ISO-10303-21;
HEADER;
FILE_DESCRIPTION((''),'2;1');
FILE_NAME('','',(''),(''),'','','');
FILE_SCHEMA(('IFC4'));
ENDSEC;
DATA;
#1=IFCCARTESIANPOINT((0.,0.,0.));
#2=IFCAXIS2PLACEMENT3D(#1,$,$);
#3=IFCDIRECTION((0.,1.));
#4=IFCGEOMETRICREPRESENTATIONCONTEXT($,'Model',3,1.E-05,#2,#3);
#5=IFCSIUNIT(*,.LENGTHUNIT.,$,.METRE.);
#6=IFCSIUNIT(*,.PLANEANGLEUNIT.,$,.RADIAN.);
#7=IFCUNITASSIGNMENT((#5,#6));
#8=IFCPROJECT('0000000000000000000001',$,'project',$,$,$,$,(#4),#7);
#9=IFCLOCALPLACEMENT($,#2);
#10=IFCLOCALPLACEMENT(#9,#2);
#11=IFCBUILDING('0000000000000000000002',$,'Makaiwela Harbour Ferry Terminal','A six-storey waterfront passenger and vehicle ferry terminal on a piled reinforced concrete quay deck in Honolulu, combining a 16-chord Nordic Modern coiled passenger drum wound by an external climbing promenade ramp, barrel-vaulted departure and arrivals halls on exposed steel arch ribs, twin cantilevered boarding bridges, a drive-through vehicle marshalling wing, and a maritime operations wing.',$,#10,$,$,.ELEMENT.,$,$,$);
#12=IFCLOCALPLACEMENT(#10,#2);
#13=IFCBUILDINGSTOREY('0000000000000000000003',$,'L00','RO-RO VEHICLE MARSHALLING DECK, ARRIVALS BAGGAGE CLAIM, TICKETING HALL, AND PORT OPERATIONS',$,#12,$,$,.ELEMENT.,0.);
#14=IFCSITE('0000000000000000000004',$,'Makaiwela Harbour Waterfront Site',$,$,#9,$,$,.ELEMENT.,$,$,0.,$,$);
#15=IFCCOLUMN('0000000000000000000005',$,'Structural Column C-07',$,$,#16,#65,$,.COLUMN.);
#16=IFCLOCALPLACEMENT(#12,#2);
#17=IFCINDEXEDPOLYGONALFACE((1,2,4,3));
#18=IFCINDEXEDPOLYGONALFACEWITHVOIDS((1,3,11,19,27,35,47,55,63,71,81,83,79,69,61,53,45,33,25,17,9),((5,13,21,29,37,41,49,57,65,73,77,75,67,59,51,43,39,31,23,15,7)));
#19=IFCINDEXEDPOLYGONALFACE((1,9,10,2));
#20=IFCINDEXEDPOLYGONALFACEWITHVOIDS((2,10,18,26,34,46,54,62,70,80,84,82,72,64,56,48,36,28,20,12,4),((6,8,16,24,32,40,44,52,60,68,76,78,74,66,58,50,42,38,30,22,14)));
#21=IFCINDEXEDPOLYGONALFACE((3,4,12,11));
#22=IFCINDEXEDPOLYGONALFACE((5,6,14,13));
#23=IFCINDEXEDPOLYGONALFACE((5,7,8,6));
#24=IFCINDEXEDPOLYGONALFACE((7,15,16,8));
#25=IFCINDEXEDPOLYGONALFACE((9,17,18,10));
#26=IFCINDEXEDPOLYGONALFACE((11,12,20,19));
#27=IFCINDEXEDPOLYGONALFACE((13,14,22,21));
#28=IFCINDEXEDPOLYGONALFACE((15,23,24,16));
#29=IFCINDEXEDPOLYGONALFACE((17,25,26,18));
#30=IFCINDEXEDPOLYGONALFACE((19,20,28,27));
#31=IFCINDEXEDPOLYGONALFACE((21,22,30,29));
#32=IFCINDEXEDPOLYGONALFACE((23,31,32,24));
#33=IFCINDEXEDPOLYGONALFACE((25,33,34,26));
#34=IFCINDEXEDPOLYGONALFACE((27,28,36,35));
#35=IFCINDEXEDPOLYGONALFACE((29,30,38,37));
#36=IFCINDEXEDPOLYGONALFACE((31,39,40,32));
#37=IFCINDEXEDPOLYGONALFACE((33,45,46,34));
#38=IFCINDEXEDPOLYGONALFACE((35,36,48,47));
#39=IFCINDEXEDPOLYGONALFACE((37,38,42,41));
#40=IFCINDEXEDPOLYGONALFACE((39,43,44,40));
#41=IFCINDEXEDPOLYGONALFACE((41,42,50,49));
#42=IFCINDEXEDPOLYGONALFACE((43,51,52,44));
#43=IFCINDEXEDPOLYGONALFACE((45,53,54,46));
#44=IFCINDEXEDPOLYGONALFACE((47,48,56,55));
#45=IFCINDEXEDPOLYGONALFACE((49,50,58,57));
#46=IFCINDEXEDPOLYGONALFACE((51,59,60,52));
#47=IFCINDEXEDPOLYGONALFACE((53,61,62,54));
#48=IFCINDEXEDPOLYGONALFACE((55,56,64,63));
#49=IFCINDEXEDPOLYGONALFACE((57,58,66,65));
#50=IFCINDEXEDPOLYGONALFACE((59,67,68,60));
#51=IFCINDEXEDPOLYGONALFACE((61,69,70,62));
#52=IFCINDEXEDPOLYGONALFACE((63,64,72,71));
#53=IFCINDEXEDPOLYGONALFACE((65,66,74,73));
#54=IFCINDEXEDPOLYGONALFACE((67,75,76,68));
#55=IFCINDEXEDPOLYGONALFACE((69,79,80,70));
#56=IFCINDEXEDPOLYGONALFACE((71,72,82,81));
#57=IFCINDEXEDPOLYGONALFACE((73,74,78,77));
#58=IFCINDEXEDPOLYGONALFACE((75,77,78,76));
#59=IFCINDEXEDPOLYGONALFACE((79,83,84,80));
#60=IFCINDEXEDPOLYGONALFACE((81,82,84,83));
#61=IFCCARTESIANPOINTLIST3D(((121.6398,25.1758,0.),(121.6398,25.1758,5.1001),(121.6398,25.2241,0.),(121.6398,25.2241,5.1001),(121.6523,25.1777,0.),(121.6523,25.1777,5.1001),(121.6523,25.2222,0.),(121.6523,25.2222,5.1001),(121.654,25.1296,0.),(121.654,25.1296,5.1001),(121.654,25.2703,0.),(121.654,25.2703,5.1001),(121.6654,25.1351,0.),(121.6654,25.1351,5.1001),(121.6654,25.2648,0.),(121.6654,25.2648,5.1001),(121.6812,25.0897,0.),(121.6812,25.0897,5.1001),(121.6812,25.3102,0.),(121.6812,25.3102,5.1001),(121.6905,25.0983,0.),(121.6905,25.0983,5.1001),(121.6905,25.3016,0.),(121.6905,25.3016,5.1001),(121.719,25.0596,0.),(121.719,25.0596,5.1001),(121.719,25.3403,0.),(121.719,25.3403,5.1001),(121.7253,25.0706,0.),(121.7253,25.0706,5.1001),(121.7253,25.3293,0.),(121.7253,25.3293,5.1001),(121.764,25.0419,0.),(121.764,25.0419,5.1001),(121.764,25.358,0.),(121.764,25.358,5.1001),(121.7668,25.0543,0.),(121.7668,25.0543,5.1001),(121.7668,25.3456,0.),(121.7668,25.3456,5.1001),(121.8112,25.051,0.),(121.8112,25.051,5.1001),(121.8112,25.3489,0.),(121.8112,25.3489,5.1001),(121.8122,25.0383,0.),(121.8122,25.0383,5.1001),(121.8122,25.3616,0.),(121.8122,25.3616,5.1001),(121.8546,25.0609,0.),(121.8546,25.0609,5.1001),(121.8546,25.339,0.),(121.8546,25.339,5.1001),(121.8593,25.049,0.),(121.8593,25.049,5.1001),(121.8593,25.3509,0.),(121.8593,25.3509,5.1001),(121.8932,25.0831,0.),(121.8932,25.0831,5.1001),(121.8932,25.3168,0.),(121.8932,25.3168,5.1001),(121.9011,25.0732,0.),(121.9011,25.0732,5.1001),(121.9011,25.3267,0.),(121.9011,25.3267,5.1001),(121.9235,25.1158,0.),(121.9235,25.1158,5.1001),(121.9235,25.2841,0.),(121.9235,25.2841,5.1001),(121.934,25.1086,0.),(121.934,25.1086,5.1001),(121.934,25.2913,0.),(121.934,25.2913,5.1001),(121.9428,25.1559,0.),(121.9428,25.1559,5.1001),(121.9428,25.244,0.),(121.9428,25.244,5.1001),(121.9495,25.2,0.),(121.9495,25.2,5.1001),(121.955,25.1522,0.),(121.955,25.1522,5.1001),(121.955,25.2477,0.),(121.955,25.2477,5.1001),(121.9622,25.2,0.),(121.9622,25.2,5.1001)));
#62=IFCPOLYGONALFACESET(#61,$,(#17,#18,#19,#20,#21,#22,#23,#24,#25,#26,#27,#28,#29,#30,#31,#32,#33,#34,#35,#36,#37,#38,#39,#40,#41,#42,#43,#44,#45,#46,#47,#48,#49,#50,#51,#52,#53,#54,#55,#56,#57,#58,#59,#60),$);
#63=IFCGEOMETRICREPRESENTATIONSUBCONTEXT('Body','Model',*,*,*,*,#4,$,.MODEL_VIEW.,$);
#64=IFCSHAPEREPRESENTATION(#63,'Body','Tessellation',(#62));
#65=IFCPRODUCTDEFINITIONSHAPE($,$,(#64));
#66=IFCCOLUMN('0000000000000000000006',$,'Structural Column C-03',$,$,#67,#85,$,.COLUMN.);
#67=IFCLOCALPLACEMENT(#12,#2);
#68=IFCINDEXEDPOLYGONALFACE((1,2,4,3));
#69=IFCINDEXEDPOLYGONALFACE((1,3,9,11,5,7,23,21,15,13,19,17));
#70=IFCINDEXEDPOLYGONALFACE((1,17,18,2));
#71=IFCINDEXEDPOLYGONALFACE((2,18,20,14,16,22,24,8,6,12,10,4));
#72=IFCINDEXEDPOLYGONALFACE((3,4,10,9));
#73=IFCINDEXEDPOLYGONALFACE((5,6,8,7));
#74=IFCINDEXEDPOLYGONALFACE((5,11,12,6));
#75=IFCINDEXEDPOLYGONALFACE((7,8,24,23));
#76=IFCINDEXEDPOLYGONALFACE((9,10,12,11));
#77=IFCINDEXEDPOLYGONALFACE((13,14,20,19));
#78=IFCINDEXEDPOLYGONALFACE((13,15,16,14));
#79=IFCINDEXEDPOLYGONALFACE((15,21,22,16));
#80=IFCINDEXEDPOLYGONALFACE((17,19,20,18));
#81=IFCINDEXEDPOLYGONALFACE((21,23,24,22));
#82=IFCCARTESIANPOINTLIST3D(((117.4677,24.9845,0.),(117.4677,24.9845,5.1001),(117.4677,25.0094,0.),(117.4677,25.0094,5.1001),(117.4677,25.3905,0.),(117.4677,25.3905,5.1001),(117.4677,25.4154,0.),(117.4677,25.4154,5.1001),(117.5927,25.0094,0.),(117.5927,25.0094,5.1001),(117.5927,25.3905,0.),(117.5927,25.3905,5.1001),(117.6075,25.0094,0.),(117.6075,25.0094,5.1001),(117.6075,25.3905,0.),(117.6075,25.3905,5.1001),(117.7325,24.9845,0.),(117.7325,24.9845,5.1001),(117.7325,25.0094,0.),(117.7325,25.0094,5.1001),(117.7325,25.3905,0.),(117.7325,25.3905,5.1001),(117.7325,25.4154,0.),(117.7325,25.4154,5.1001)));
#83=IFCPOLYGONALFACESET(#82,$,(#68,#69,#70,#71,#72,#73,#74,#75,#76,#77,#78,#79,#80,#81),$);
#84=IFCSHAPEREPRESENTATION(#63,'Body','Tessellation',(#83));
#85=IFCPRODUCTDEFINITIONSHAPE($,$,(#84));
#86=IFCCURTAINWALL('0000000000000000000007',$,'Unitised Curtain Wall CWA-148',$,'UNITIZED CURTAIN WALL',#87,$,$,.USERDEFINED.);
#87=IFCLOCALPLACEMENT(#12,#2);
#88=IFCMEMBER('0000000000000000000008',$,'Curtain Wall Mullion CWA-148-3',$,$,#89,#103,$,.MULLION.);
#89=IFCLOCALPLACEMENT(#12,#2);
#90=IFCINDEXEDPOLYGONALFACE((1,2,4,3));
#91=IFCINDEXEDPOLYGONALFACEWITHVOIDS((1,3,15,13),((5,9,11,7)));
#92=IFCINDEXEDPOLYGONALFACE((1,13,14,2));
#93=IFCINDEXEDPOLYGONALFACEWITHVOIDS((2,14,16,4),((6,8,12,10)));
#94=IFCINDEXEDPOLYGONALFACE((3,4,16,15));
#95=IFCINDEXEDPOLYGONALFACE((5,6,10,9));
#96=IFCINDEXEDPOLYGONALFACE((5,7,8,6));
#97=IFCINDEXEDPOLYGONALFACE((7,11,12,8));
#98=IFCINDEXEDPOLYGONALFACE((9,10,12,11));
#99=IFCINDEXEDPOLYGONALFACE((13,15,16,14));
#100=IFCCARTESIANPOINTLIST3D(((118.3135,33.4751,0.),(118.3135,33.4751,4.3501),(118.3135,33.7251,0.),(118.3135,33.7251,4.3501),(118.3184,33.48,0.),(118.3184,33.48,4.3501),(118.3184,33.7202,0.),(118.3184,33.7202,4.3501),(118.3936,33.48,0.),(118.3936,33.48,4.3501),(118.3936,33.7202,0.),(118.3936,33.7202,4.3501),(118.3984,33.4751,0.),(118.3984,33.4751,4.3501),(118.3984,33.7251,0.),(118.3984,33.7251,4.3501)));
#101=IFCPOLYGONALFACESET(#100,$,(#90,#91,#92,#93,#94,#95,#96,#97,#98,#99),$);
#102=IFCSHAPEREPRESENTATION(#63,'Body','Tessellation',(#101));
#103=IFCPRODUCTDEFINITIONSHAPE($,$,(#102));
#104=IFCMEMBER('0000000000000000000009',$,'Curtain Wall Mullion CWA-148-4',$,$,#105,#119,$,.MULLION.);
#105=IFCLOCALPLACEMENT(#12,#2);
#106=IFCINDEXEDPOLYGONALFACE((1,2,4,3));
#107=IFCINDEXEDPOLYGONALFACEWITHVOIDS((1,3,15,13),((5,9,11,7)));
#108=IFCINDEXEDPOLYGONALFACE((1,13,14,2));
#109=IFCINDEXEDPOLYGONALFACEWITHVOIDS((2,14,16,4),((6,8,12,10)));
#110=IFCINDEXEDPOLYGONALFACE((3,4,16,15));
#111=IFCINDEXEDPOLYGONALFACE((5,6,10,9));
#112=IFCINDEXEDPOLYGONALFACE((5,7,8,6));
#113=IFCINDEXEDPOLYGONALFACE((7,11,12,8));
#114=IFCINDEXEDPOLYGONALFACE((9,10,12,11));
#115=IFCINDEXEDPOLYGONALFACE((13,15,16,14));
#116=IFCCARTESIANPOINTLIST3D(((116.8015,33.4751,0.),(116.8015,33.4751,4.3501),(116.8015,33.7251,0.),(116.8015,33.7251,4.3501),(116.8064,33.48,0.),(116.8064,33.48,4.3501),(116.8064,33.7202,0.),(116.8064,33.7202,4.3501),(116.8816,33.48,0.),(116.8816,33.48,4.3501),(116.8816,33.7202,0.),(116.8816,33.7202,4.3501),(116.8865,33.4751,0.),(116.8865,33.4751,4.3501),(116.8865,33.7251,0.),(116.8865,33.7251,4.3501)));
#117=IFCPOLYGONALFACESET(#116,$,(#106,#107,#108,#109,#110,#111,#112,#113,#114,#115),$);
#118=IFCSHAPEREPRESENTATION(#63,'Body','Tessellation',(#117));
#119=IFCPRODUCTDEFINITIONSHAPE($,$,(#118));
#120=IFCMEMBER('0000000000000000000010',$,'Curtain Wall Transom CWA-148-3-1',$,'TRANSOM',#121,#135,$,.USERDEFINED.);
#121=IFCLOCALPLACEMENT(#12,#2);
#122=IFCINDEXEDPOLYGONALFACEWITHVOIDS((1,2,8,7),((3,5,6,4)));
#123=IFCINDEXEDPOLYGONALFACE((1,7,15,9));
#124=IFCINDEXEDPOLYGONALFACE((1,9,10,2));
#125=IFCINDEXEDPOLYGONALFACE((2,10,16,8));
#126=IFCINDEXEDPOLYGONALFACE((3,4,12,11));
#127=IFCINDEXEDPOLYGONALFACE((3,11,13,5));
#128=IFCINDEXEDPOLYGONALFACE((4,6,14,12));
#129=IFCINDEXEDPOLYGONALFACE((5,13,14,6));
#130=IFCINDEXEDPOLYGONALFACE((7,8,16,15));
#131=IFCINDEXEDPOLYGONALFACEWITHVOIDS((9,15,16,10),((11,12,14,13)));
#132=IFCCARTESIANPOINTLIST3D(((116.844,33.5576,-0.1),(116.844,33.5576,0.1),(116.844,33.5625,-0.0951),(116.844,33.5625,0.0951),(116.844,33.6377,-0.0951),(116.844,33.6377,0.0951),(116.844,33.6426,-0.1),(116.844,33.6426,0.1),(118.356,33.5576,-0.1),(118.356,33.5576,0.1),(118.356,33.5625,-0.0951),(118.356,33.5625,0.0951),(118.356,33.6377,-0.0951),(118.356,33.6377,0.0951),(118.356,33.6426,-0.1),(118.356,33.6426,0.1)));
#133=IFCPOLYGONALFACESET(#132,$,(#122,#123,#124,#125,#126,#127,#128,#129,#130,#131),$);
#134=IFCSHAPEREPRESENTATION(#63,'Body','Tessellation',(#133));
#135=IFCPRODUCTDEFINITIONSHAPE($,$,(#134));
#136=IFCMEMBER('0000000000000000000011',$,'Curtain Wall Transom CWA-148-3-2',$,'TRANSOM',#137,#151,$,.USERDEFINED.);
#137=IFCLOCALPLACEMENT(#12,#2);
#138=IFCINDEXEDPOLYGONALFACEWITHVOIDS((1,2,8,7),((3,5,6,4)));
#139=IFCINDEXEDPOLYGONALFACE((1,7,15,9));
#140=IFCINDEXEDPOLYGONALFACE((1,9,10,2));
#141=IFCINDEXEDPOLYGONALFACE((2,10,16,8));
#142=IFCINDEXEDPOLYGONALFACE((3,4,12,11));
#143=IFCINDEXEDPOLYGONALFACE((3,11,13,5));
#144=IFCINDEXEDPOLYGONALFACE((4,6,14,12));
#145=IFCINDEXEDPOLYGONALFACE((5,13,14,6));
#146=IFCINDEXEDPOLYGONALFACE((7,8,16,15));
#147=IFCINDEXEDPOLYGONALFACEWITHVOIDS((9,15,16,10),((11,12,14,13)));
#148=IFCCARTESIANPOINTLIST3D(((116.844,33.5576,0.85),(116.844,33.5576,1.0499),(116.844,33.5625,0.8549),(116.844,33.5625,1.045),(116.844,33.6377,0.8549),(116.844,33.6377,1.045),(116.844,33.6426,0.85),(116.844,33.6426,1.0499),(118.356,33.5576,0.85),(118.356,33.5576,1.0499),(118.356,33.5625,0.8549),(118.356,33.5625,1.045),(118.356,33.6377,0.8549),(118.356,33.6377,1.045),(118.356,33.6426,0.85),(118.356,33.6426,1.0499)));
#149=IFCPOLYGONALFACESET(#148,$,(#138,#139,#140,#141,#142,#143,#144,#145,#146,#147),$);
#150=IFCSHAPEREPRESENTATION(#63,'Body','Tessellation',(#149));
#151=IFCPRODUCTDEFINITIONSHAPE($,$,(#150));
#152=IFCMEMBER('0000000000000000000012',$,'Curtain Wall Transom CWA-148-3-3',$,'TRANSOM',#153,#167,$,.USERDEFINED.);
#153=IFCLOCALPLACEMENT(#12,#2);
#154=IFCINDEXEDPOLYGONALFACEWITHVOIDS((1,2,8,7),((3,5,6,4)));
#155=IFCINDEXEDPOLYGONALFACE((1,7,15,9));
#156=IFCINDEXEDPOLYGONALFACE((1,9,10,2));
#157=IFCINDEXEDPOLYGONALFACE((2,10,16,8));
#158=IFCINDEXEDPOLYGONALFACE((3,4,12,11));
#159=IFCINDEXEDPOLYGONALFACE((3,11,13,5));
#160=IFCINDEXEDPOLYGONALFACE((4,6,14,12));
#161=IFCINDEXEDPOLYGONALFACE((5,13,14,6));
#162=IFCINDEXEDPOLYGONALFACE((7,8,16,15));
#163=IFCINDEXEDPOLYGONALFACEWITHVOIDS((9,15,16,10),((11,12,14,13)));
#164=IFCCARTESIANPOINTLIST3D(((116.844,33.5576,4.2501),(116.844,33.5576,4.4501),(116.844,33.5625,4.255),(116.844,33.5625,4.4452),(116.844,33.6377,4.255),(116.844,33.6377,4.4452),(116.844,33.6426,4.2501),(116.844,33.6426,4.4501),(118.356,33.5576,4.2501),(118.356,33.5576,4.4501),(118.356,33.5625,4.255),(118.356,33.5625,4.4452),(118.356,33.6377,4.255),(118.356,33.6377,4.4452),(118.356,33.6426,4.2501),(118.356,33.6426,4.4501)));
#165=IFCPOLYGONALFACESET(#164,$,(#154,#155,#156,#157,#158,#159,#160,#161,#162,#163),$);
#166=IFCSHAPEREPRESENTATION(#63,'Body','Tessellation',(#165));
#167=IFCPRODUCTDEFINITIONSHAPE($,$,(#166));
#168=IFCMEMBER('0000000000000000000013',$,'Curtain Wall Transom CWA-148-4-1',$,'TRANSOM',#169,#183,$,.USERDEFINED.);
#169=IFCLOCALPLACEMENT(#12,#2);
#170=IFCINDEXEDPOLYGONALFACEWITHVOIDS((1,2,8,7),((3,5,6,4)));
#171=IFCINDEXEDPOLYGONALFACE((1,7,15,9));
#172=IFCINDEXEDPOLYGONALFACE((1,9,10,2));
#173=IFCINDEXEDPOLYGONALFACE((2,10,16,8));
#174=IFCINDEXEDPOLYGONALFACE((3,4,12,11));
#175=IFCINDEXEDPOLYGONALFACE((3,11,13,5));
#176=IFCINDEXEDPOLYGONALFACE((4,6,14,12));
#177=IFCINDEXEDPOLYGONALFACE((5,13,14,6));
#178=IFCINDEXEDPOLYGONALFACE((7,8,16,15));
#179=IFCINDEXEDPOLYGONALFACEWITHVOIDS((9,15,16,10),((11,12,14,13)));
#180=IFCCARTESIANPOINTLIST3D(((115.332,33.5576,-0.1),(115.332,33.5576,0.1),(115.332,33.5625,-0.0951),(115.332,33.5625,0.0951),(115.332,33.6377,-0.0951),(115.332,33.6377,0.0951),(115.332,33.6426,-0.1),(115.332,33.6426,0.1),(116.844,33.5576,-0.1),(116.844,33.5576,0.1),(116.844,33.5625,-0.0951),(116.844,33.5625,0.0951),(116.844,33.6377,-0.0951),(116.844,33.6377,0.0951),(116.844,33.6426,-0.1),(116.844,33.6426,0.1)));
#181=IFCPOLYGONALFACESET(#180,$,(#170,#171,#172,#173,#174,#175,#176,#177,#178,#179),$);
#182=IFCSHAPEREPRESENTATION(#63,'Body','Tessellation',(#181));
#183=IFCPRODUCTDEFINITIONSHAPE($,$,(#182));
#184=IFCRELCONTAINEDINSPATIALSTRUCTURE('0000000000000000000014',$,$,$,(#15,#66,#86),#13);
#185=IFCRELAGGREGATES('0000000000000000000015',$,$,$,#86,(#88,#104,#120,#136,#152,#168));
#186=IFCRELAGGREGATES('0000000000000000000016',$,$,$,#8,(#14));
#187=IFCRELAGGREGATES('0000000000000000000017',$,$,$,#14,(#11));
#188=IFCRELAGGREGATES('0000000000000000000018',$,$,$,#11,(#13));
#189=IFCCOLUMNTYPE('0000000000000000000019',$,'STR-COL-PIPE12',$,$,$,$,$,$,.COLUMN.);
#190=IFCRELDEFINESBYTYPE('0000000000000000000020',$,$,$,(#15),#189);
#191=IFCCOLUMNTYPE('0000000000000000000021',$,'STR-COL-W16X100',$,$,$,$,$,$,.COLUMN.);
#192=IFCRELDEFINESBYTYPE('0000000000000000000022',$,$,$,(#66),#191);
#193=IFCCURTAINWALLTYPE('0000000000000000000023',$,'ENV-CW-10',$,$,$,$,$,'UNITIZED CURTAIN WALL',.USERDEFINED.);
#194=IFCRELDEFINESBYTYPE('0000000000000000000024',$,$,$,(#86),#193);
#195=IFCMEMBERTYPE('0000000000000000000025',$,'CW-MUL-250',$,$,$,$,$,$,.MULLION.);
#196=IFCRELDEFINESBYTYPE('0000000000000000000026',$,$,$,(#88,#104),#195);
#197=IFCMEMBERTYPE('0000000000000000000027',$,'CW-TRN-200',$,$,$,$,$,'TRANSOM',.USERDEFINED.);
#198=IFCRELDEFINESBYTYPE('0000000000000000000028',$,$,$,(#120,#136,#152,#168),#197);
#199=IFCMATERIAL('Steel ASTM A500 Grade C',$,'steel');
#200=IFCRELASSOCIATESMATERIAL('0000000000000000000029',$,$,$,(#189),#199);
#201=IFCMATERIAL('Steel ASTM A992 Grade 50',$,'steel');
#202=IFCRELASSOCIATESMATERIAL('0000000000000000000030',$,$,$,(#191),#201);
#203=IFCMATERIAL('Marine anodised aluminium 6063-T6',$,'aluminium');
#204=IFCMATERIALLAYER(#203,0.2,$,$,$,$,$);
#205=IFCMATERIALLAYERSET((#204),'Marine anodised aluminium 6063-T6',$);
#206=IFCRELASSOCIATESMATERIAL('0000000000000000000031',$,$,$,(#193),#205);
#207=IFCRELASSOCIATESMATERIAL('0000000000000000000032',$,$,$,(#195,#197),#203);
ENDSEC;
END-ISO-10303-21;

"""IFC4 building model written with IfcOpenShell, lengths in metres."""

from ifc_helpers import new_model, si_unit, direction, frame, origin, origin_2d, place, context, subcontext, project, spatial, hollow_rectangle, hollow_circle, i_section, extrude, material, layer, layer_set, material_profile, profile_set, type_object, element, aggregate, save


model = new_model("IFC4")

# Units and contexts
model_context = context("Model", 3, precision=1e-05, world=origin(), true_north=direction((0.0, 1.0)))
body_context = subcontext(model_context, "Body", "Model", "MODEL_VIEW")
ifc_project = project(units=[si_unit("LENGTHUNIT", "METRE"), si_unit("PLANEANGLEUNIT", "RADIAN")], contexts=[model_context])

# Site, building, storey
site_placement = place(None, origin())
site = spatial("IfcSite", under=ifc_project, at=site_placement, Name="Makaiwela Harbour Waterfront Site", CompositionType="ELEMENT", RefElevation=0.0)
building_placement = place(site_placement, origin())
building = spatial("IfcBuilding", under=site, at=building_placement, Name="Makaiwela Harbour Ferry Terminal", Description="A six-storey waterfront passenger and vehicle ferry terminal on a piled reinforced concrete quay deck in Honolulu, combining a 16-chord Nordic Modern coiled passenger drum wound by an external climbing promenade ramp, barrel-vaulted departure and arrivals halls on exposed steel arch ribs, twin cantilevered boarding bridges, a drive-through vehicle marshalling wing, and a maritime operations wing.", CompositionType="ELEMENT")
storey_placement = place(building_placement, origin())
storey = spatial("IfcBuildingStorey", under=building, at=storey_placement, Name="L00", Description="RO-RO VEHICLE MARSHALLING DECK, ARRIVALS BAGGAGE CLAIM, TICKETING HALL, AND PORT OPERATIONS", CompositionType="ELEMENT", Elevation=0.0)

# Columns
ifc_material_1 = material(Name="Steel ASTM A500 Grade C", Category="steel")
ifc_material_profile_1 = material_profile(ifc_material_1, hollow_circle(Radius=0.1621, WallThickness=0.0127, at=origin_2d()), Name="PIPE12XS")
ifc_profile_set_1 = profile_set([ifc_material_profile_1], Name="Steel ASTM A500 Grade C")
column_type_1 = type_object("IfcColumnType", Name="STR-COL-PIPE12", PredefinedType="COLUMN", material=ifc_profile_set_1)
column_1_placement = place(storey_placement, frame((121.8, 25.2, 0.0), z_axis=(0.0, 0.0, 1.0), x_axis=(1.0, 0.0, 0.0)))
element("IfcColumn", 1, at=column_1_placement, inside=storey, type_object=column_type_1, Name="Structural Column C-07", PredefinedType="COLUMN", context=body_context, shape_type="SweptSolid", body=[
    extrude(hollow_circle(Radius=0.1621, WallThickness=0.0127, at=origin_2d()), origin(), (0.0, 0.0, 1.0), 5.1001),
])
ifc_material_2 = material(Name="Steel ASTM A992 Grade 50", Category="steel")
ifc_material_profile_2 = material_profile(ifc_material_2, i_section(OverallWidth=0.2649, OverallDepth=0.4309, WebThickness=0.0149, FlangeThickness=0.0249, at=origin_2d()), Name="W16X100")
ifc_profile_set_2 = profile_set([ifc_material_profile_2], Name="Steel ASTM A992 Grade 50")
column_type_2 = type_object("IfcColumnType", Name="STR-COL-W16X100", PredefinedType="COLUMN", material=ifc_profile_set_2)
column_2_placement = place(storey_placement, frame((117.6001, 25.2, 0.0), z_axis=(0.0, 0.0, 1.0), x_axis=(1.0, 0.0, 0.0)))
element("IfcColumn", 2, at=column_2_placement, inside=storey, type_object=column_type_2, Name="Structural Column C-03", PredefinedType="COLUMN", context=body_context, shape_type="SweptSolid", body=[
    extrude(i_section(OverallWidth=0.2649, OverallDepth=0.4309, WebThickness=0.0149, FlangeThickness=0.0249, at=origin_2d()), origin(), (0.0, 0.0, 1.0), 5.1001),
])

# Curtain wall, members
ifc_material_3 = material(Name="Marine anodised aluminium 6063-T6", Category="aluminium")
ifc_layer_1 = layer(ifc_material_3, 0.2)
ifc_layer_set_1 = layer_set([ifc_layer_1], Name="Marine anodised aluminium 6063-T6")
curtain_wall_type = type_object("IfcCurtainWallType", Name="ENV-CW-10", ElementType="UNITIZED CURTAIN WALL", PredefinedType="USERDEFINED", material=ifc_layer_set_1)
curtain_wall_placement = place(storey_placement, origin())
curtain_wall = element("IfcCurtainWall", 3, at=curtain_wall_placement, inside=storey, type_object=curtain_wall_type, Name="Unitised Curtain Wall CWA-148", ObjectType="UNITIZED CURTAIN WALL", PredefinedType="USERDEFINED")
ifc_material_profile_3 = material_profile(ifc_material_3, hollow_rectangle(XDim=0.085, YDim=0.25, WallThickness=0.0049, at=origin_2d()), Name="CWM-250X85")
ifc_profile_set_3 = profile_set([ifc_material_profile_3], Name="Marine anodised aluminium 6063-T6")
member_type_1 = type_object("IfcMemberType", Name="CW-MUL-250", PredefinedType="MULLION", material=ifc_profile_set_3)
member_1_placement = place(storey_placement, frame((118.356, 33.6001, 0.0), z_axis=(0.0, 0.0, 1.0), x_axis=(1.0, 0.0, 0.0)))
member_1 = element("IfcMember", 4, at=member_1_placement, type_object=member_type_1, Name="Curtain Wall Mullion CWA-148-3", PredefinedType="MULLION", context=body_context, shape_type="SweptSolid", body=[
    extrude(hollow_rectangle(XDim=0.085, YDim=0.25, WallThickness=0.0049, at=origin_2d()), origin(), (0.0, 0.0, 1.0), 4.3501),
])
member_2_placement = place(storey_placement, frame((116.844, 33.6001, 0.0), z_axis=(0.0, 0.0, 1.0), x_axis=(1.0, 0.0, 0.0)))
member_2 = element("IfcMember", 5, at=member_2_placement, type_object=member_type_1, Name="Curtain Wall Mullion CWA-148-4", PredefinedType="MULLION", context=body_context, shape_type="SweptSolid", body=[
    extrude(hollow_rectangle(XDim=0.085, YDim=0.25, WallThickness=0.0049, at=origin_2d()), origin(), (0.0, 0.0, 1.0), 4.3501),
])
ifc_material_profile_4 = material_profile(ifc_material_3, hollow_rectangle(XDim=0.085, YDim=0.2, WallThickness=0.0049, at=origin_2d()), Name="CWT-200X85")
ifc_profile_set_4 = profile_set([ifc_material_profile_4], Name="Marine anodised aluminium 6063-T6")
member_type_2 = type_object("IfcMemberType", Name="CW-TRN-200", ElementType="TRANSOM", PredefinedType="USERDEFINED", material=ifc_profile_set_4)
member_3_placement = place(storey_placement, frame((118.356, 33.6001, 0.0), z_axis=(-1.0, 0.0, 0.0), x_axis=(0.0, -1.0, 0.0)))
member_3 = element("IfcMember", 6, at=member_3_placement, type_object=member_type_2, Name="Curtain Wall Transom CWA-148-3-1", ObjectType="TRANSOM", PredefinedType="USERDEFINED", context=body_context, shape_type="SweptSolid", body=[
    extrude(hollow_rectangle(XDim=0.085, YDim=0.2, WallThickness=0.0049, at=origin_2d()), origin(), (0.0, 0.0, 1.0), 1.512),
])
member_4_placement = place(storey_placement, frame((118.356, 33.6001, 0.95), z_axis=(-1.0, 0.0, 0.0), x_axis=(0.0, -1.0, 0.0)))
member_4 = element("IfcMember", 7, at=member_4_placement, type_object=member_type_2, Name="Curtain Wall Transom CWA-148-3-2", ObjectType="TRANSOM", PredefinedType="USERDEFINED", context=body_context, shape_type="SweptSolid", body=[
    extrude(hollow_rectangle(XDim=0.085, YDim=0.2, WallThickness=0.0049, at=origin_2d()), origin(), (0.0, 0.0, 1.0), 1.512),
])
member_5_placement = place(storey_placement, frame((118.356, 33.6001, 4.3501), z_axis=(-1.0, 0.0, 0.0), x_axis=(0.0, -1.0, 0.0)))
member_5 = element("IfcMember", 8, at=member_5_placement, type_object=member_type_2, Name="Curtain Wall Transom CWA-148-3-3", ObjectType="TRANSOM", PredefinedType="USERDEFINED", context=body_context, shape_type="SweptSolid", body=[
    extrude(hollow_rectangle(XDim=0.085, YDim=0.2, WallThickness=0.0049, at=origin_2d()), origin(), (0.0, 0.0, 1.0), 1.512),
])
member_6_placement = place(storey_placement, frame((116.844, 33.6001, 0.0), z_axis=(-1.0, 0.0, 0.0), x_axis=(0.0, -1.0, 0.0)))
member_6 = element("IfcMember", 9, at=member_6_placement, type_object=member_type_2, Name="Curtain Wall Transom CWA-148-4-1", ObjectType="TRANSOM", PredefinedType="USERDEFINED", context=body_context, shape_type="SweptSolid", body=[
    extrude(hollow_rectangle(XDim=0.085, YDim=0.2, WallThickness=0.0049, at=origin_2d()), origin(), (0.0, 0.0, 1.0), 1.512),
])
aggregate(curtain_wall, [member_1, member_2, member_3, member_4, member_5, member_6])

save(model, "model.ifc")
